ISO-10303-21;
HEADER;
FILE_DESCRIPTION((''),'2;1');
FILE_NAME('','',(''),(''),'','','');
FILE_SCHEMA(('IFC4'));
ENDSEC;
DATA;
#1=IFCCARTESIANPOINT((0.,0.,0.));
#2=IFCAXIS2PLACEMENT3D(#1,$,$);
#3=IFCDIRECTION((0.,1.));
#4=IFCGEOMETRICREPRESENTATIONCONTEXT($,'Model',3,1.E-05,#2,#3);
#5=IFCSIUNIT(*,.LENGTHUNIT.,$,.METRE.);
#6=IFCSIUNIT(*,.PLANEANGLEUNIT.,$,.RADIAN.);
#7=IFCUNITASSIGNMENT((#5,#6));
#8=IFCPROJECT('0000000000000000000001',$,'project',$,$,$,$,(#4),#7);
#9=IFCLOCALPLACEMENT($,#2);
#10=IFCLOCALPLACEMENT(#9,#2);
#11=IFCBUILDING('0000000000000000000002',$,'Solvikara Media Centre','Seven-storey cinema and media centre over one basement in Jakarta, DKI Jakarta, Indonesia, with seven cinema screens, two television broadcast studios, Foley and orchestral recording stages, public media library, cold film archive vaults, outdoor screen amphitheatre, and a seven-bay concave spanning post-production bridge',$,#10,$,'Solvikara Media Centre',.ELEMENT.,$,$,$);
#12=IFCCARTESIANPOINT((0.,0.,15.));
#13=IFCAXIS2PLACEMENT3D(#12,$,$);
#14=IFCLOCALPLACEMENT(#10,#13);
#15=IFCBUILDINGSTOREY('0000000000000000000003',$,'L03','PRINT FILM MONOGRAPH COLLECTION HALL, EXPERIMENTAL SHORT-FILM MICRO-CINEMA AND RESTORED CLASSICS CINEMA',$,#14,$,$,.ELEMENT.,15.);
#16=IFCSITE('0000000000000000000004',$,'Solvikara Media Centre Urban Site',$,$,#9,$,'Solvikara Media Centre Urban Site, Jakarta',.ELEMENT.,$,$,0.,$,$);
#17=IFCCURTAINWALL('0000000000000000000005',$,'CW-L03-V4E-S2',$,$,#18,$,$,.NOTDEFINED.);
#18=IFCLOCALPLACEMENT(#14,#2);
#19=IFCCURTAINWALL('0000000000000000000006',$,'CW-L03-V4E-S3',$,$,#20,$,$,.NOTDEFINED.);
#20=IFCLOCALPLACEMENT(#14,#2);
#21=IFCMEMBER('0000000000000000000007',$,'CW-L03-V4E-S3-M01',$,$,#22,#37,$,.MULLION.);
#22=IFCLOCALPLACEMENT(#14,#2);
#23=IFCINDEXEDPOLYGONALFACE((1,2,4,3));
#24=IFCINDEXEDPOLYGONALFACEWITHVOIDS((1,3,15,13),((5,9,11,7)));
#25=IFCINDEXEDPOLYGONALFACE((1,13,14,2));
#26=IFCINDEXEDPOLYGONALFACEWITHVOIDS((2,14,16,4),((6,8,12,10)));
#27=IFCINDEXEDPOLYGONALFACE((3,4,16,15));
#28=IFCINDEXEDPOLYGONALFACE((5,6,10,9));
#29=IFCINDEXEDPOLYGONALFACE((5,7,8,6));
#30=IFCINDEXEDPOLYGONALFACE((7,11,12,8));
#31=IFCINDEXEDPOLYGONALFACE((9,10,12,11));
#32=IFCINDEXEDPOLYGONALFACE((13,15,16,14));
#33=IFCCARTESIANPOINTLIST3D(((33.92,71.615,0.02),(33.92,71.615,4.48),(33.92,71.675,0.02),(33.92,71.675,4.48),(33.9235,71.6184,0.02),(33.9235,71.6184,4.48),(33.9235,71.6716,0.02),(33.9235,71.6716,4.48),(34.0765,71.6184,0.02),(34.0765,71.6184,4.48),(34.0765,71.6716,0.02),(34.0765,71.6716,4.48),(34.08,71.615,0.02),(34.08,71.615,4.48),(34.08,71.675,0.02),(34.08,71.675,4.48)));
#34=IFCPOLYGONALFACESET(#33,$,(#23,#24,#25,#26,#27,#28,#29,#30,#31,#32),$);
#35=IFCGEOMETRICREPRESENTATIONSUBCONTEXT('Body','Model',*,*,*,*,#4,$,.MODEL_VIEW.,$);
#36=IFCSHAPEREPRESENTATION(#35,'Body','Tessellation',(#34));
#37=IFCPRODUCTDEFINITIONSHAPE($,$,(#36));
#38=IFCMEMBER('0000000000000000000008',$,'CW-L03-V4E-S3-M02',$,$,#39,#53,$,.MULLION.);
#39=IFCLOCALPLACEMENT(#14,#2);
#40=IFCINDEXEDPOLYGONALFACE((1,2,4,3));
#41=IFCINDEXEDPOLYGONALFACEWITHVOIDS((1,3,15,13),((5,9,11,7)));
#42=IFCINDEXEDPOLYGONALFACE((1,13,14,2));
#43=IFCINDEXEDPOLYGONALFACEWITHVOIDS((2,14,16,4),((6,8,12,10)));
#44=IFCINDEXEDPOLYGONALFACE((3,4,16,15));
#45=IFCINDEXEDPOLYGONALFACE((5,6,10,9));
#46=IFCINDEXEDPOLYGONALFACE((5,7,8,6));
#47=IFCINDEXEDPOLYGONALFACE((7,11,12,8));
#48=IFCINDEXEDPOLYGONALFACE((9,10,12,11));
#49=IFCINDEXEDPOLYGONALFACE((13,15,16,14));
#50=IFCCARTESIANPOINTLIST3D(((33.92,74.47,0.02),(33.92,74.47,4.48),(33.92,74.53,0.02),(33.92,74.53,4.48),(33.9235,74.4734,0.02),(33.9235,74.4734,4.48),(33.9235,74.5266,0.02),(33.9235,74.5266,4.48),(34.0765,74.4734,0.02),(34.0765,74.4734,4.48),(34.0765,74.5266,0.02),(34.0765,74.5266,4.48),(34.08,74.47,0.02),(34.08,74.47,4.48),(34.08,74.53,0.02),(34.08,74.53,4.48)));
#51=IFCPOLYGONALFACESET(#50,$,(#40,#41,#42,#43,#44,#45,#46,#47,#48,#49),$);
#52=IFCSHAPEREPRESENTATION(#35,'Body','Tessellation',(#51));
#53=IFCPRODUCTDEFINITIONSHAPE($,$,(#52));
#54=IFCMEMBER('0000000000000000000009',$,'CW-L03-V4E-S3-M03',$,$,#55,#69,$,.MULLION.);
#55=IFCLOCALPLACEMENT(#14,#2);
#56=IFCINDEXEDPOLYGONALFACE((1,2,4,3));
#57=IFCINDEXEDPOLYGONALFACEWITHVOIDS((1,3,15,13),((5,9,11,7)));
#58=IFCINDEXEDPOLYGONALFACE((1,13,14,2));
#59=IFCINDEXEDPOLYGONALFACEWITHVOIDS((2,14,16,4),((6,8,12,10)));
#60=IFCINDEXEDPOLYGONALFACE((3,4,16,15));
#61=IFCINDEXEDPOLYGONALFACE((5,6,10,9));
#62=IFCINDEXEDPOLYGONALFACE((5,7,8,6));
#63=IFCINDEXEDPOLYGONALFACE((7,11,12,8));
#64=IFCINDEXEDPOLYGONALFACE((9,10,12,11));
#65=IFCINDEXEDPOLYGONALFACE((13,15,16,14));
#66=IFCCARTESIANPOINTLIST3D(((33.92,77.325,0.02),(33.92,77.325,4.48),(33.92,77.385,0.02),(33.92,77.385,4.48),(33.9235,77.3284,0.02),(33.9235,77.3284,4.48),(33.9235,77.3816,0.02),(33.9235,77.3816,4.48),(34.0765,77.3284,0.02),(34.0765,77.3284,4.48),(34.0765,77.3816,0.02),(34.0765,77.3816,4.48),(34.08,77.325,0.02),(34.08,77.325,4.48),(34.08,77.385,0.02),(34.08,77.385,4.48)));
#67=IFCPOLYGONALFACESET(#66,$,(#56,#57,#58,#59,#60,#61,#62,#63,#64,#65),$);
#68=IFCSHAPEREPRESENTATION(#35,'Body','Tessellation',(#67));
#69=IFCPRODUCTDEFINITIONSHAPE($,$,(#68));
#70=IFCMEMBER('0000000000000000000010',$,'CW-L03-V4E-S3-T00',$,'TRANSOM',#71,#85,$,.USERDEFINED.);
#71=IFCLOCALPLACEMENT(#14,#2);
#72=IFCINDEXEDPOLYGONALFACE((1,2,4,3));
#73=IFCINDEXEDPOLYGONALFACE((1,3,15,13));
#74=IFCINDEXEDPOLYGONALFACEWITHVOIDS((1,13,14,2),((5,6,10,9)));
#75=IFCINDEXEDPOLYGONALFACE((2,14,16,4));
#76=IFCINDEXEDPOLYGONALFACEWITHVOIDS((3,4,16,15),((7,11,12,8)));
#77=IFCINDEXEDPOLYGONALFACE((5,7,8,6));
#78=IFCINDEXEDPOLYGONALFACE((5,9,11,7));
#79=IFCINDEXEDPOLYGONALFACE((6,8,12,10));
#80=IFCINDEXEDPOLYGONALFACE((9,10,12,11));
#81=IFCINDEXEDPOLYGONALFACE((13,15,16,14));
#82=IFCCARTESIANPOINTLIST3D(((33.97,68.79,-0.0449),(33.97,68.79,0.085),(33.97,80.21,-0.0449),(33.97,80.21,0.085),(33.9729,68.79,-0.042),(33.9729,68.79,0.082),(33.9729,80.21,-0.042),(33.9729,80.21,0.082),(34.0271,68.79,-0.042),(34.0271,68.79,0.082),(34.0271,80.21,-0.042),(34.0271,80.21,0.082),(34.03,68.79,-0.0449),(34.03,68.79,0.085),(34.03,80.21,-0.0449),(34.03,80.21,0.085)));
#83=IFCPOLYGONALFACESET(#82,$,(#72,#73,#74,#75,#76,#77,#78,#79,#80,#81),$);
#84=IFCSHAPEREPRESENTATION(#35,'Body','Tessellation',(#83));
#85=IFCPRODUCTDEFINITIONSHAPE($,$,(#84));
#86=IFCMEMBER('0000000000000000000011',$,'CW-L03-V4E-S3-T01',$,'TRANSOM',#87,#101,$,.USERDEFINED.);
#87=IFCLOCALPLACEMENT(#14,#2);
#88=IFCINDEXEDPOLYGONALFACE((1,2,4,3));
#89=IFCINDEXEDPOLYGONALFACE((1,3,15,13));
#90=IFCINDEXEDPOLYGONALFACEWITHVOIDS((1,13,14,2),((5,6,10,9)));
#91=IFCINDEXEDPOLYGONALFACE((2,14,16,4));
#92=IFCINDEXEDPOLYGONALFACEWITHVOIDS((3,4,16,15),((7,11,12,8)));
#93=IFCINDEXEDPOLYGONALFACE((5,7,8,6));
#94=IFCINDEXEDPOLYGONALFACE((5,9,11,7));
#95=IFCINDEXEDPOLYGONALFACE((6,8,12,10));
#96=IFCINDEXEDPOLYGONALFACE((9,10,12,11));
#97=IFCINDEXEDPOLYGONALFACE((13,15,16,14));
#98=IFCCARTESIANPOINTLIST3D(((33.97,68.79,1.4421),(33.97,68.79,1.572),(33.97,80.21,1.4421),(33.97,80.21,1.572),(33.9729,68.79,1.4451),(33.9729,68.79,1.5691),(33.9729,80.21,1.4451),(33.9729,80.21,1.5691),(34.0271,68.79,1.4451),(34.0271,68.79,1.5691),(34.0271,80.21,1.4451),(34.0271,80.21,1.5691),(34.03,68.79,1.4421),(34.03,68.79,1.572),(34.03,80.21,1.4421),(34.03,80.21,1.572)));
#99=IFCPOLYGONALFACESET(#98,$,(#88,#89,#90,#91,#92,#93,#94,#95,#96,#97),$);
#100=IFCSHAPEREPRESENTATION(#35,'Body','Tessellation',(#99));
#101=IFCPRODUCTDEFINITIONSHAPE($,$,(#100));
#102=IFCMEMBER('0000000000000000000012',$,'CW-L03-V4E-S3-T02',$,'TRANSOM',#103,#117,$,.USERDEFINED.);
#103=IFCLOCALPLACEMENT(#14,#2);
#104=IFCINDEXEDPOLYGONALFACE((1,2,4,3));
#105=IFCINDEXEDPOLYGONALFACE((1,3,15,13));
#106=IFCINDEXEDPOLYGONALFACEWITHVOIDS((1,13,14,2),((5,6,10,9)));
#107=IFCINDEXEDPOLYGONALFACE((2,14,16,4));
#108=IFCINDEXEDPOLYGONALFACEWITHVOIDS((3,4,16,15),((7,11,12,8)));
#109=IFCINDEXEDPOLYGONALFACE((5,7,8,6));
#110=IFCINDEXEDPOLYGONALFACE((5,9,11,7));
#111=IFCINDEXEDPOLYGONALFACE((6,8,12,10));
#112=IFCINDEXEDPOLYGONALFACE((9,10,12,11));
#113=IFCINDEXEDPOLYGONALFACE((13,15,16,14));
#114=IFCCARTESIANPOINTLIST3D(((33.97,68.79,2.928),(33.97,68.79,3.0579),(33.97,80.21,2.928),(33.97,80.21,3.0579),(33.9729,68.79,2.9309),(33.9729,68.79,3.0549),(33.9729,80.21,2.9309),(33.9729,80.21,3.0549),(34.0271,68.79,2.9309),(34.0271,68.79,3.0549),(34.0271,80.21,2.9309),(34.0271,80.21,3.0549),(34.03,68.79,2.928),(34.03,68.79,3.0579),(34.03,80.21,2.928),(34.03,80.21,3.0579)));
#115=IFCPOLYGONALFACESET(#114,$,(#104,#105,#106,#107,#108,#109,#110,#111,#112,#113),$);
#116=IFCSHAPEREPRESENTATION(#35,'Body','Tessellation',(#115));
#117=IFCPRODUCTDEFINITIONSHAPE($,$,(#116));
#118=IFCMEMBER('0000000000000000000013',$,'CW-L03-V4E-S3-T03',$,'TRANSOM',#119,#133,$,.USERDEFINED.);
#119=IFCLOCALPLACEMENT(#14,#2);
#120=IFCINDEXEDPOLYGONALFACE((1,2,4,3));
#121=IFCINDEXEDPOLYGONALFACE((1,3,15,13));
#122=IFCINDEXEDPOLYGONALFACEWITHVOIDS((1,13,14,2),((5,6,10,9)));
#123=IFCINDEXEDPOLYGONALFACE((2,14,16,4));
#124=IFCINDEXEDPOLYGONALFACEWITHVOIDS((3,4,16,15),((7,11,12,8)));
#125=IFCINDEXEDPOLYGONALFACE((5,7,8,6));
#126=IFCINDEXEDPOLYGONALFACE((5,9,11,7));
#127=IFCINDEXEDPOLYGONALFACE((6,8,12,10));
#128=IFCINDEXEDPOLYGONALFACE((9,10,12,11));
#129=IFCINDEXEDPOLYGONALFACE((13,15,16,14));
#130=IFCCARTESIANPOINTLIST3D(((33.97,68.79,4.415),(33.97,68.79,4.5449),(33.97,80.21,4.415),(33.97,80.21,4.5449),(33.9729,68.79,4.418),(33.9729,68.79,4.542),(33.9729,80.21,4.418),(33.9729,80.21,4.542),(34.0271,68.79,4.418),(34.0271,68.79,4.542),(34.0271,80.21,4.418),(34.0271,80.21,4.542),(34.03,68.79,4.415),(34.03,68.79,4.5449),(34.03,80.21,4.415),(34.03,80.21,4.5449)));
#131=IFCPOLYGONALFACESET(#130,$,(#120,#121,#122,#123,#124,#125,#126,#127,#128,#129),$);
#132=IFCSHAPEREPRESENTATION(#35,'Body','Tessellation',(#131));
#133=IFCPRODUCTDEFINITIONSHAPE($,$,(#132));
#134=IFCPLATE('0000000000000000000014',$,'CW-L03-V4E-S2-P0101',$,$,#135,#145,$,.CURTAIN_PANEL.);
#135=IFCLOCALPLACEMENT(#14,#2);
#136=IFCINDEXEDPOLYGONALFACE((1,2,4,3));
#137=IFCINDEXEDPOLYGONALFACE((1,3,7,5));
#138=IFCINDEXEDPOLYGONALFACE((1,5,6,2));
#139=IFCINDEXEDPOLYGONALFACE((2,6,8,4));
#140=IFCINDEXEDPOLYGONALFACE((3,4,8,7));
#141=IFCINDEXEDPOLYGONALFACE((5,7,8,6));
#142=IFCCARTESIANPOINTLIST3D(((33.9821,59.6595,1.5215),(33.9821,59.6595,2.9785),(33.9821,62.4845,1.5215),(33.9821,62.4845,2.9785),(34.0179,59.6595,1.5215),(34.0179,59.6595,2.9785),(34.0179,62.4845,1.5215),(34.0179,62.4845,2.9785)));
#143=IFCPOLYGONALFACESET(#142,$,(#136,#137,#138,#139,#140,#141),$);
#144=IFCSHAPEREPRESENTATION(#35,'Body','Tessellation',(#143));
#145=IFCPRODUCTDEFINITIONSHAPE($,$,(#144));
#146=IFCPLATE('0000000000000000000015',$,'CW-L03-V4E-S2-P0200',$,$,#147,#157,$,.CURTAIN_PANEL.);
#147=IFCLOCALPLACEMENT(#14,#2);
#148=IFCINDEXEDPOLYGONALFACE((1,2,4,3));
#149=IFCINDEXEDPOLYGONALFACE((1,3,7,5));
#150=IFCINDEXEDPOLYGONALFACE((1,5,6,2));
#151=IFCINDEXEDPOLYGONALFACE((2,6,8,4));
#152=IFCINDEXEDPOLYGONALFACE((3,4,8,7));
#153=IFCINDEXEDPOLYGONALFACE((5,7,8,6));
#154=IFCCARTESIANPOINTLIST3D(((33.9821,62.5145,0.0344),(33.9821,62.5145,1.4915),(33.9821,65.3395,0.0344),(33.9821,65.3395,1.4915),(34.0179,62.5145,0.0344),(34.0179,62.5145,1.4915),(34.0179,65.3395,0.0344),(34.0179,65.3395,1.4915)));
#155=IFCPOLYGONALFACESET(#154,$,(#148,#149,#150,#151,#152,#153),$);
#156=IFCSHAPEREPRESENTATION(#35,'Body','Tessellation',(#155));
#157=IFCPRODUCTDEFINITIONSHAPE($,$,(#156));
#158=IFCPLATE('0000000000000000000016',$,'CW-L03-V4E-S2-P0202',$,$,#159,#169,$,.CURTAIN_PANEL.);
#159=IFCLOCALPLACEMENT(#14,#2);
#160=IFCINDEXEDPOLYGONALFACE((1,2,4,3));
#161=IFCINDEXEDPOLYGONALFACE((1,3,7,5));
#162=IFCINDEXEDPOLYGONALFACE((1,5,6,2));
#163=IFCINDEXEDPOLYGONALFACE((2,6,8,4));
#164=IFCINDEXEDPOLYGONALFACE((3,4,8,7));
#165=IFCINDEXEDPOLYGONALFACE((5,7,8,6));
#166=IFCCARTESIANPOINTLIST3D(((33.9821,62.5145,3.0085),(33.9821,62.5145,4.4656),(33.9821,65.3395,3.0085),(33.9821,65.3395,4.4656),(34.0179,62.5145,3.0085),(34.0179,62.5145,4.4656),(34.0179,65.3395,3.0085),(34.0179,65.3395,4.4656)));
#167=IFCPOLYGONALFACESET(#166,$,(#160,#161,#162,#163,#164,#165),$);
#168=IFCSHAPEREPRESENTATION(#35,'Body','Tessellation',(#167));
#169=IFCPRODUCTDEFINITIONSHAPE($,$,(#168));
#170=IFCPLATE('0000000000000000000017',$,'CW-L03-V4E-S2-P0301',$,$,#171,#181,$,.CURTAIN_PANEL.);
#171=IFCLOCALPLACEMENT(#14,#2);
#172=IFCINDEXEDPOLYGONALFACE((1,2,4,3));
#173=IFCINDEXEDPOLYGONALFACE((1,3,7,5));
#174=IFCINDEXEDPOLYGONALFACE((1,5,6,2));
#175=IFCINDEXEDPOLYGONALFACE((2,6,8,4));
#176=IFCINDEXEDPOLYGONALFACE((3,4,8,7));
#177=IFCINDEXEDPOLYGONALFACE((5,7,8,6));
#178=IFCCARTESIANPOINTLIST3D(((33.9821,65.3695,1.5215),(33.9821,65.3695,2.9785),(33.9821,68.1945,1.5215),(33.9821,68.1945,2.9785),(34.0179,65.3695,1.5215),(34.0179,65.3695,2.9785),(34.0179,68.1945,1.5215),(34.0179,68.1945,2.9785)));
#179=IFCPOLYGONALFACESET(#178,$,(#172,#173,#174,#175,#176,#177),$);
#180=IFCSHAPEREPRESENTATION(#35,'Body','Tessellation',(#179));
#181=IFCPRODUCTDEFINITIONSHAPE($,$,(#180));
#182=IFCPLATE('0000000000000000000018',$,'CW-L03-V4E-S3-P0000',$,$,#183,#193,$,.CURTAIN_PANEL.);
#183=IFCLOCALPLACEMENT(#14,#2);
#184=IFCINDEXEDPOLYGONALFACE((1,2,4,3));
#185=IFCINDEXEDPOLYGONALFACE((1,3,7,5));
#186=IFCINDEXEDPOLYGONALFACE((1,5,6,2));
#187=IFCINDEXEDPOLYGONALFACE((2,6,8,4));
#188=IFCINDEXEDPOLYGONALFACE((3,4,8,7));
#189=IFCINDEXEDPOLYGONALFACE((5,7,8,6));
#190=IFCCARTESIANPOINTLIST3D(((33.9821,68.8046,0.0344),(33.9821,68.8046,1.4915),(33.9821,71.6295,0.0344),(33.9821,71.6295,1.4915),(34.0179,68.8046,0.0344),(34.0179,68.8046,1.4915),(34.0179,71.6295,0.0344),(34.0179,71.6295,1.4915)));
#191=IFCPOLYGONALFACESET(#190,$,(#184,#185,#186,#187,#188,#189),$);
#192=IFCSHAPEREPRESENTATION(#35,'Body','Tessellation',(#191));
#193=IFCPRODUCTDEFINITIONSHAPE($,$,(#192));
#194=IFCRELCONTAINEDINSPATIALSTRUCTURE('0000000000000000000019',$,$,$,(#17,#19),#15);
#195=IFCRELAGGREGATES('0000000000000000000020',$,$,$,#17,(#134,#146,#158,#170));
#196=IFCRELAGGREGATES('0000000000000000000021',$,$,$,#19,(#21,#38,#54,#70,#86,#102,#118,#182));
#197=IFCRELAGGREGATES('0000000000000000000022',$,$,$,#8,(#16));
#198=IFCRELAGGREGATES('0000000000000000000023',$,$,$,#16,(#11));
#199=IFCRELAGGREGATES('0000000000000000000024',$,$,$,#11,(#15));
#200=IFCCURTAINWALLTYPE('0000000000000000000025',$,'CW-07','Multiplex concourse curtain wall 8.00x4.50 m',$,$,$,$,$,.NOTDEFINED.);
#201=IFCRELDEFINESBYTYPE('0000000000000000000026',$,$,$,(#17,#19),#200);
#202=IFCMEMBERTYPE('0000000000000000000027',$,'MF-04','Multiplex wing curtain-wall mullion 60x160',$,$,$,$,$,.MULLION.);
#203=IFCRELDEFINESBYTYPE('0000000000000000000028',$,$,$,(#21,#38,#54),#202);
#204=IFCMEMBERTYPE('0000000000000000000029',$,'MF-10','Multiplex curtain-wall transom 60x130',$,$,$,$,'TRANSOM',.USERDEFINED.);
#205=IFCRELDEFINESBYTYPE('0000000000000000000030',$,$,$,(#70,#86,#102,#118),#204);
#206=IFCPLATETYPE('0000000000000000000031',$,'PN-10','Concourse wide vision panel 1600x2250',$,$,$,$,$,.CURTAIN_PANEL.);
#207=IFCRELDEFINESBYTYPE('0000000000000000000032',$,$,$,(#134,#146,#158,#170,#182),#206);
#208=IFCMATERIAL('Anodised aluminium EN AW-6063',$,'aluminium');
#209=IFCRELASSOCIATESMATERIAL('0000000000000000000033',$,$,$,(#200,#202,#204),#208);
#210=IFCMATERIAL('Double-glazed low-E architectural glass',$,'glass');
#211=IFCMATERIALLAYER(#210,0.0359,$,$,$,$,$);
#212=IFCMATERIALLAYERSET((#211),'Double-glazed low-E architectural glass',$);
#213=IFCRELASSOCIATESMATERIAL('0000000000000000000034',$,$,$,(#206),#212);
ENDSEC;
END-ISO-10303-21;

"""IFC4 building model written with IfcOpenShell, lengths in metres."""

from ifc_helpers import new_model, si_unit, direction, frame, origin, origin_2d, place, context, subcontext, project, spatial, rectangle, hollow_rectangle, extrude, material, layer, layer_set, material_profile, profile_set, type_object, element, aggregate, save


model = new_model("IFC4")

# Units and contexts
model_context = context("Model", 3, precision=1e-05, world=origin(), true_north=direction((0.0, 1.0)))
body_context = subcontext(model_context, "Body", "Model", "MODEL_VIEW")
ifc_project = project(units=[si_unit("LENGTHUNIT", "METRE"), si_unit("PLANEANGLEUNIT", "RADIAN")], contexts=[model_context])

# Site, building, storey
site_placement = place(None, origin())
site = spatial("IfcSite", under=ifc_project, at=site_placement, Name="Solvikara Media Centre Urban Site", LongName="Solvikara Media Centre Urban Site, Jakarta", CompositionType="ELEMENT", RefElevation=0.0)
building_placement = place(site_placement, origin())
building = spatial("IfcBuilding", under=site, at=building_placement, Name="Solvikara Media Centre", Description="Seven-storey cinema and media centre over one basement in Jakarta, DKI Jakarta, Indonesia, with seven cinema screens, two television broadcast studios, Foley and orchestral recording stages, public media library, cold film archive vaults, outdoor screen amphitheatre, and a seven-bay concave spanning post-production bridge", LongName="Solvikara Media Centre", CompositionType="ELEMENT")
storey_placement = place(building_placement, frame((0.0, 0.0, 15.0)))
storey = spatial("IfcBuildingStorey", under=building, at=storey_placement, Name="L03", Description="PRINT FILM MONOGRAPH COLLECTION HALL, EXPERIMENTAL SHORT-FILM MICRO-CINEMA AND RESTORED CLASSICS CINEMA", CompositionType="ELEMENT", Elevation=15.0)

# Curtain walls, members
ifc_material_1 = material(Name="Anodised aluminium EN AW-6063", Category="aluminium")
curtain_wall_type = type_object("IfcCurtainWallType", Name="CW-07", Description="Multiplex concourse curtain wall 8.00x4.50 m", PredefinedType="NOTDEFINED", material=ifc_material_1)
curtain_wall_1_placement = place(storey_placement, origin())
curtain_wall_1 = element("IfcCurtainWall", 1, at=curtain_wall_1_placement, inside=storey, type_object=curtain_wall_type, Name="CW-L03-V4E-S2", PredefinedType="NOTDEFINED")
ifc_material_profile_1 = material_profile(ifc_material_1, hollow_rectangle(XDim=0.0601, YDim=0.1599, WallThickness=0.0034, at=origin_2d()), Name="ALU-M 60x160x3.5")
ifc_profile_set_1 = profile_set([ifc_material_profile_1], Name="Anodised aluminium EN AW-6063")
member_type_1 = type_object("IfcMemberType", Name="MF-04", Description="Multiplex wing curtain-wall mullion 60x160", PredefinedType="MULLION", material=ifc_profile_set_1)
curtain_wall_2_placement = place(storey_placement, origin())
curtain_wall_2 = element("IfcCurtainWall", 2, at=curtain_wall_2_placement, inside=storey, type_object=curtain_wall_type, Name="CW-L03-V4E-S3", PredefinedType="NOTDEFINED")
member_1_placement = place(storey_placement, frame((34.0, 71.645, 0.02), z_axis=(0.0, 0.0, 1.0), x_axis=(0.0, 1.0, 0.0)))
member_1 = element("IfcMember", 3, at=member_1_placement, type_object=member_type_1, Name="CW-L03-V4E-S3-M01", PredefinedType="MULLION", context=body_context, shape_type="SweptSolid", body=[
    extrude(hollow_rectangle(XDim=0.0601, YDim=0.1599, WallThickness=0.0034, at=origin_2d()), origin(), (0.0, 0.0, 1.0), 4.46),
])
member_2_placement = place(storey_placement, frame((34.0, 74.5, 0.02), z_axis=(0.0, 0.0, 1.0), x_axis=(0.0, 1.0, 0.0)))
member_2 = element("IfcMember", 4, at=member_2_placement, type_object=member_type_1, Name="CW-L03-V4E-S3-M02", PredefinedType="MULLION", context=body_context, shape_type="SweptSolid", body=[
    extrude(hollow_rectangle(XDim=0.0601, YDim=0.1599, WallThickness=0.0034, at=origin_2d()), origin(), (0.0, 0.0, 1.0), 4.46),
])
member_3_placement = place(storey_placement, frame((34.0, 77.355, 0.02), z_axis=(0.0, 0.0, 1.0), x_axis=(0.0, 1.0, 0.0)))
member_3 = element("IfcMember", 5, at=member_3_placement, type_object=member_type_1, Name="CW-L03-V4E-S3-M03", PredefinedType="MULLION", context=body_context, shape_type="SweptSolid", body=[
    extrude(hollow_rectangle(XDim=0.0601, YDim=0.1599, WallThickness=0.0034, at=origin_2d()), origin(), (0.0, 0.0, 1.0), 4.46),
])
ifc_material_profile_2 = material_profile(ifc_material_1, hollow_rectangle(XDim=0.0601, YDim=0.1299, WallThickness=0.0029, at=origin_2d()), Name="ALU-T 60x130x3")
ifc_profile_set_2 = profile_set([ifc_material_profile_2], Name="Anodised aluminium EN AW-6063")
member_type_2 = type_object("IfcMemberType", Name="MF-10", Description="Multiplex curtain-wall transom 60x130", ElementType="TRANSOM", PredefinedType="USERDEFINED", material=ifc_profile_set_2)
member_4_placement = place(storey_placement, frame((34.0, 68.79, 0.02), z_axis=(0.0, 1.0, 0.0), x_axis=(-1.0, 0.0, 0.0)))
member_4 = element("IfcMember", 6, at=member_4_placement, type_object=member_type_2, Name="CW-L03-V4E-S3-T00", ObjectType="TRANSOM", PredefinedType="USERDEFINED", context=body_context, shape_type="SweptSolid", body=[
    extrude(hollow_rectangle(XDim=0.0601, YDim=0.1299, WallThickness=0.0029, at=origin_2d()), origin(), (0.0, 0.0, 1.0), 11.4199),
])
member_5_placement = place(storey_placement, frame((34.0, 68.79, 1.5071), z_axis=(0.0, 1.0, 0.0), x_axis=(-1.0, 0.0, 0.0)))
member_5 = element("IfcMember", 7, at=member_5_placement, type_object=member_type_2, Name="CW-L03-V4E-S3-T01", ObjectType="TRANSOM", PredefinedType="USERDEFINED", context=body_context, shape_type="SweptSolid", body=[
    extrude(hollow_rectangle(XDim=0.0601, YDim=0.1299, WallThickness=0.0029, at=origin_2d()), origin(), (0.0, 0.0, 1.0), 11.4199),
])
member_6_placement = place(storey_placement, frame((34.0, 68.79, 2.9929), z_axis=(0.0, 1.0, 0.0), x_axis=(-1.0, 0.0, 0.0)))
member_6 = element("IfcMember", 8, at=member_6_placement, type_object=member_type_2, Name="CW-L03-V4E-S3-T02", ObjectType="TRANSOM", PredefinedType="USERDEFINED", context=body_context, shape_type="SweptSolid", body=[
    extrude(hollow_rectangle(XDim=0.0601, YDim=0.1299, WallThickness=0.0029, at=origin_2d()), origin(), (0.0, 0.0, 1.0), 11.4199),
])
member_7_placement = place(storey_placement, frame((34.0, 68.79, 4.48), z_axis=(0.0, 1.0, 0.0), x_axis=(-1.0, 0.0, 0.0)))
member_7 = element("IfcMember", 9, at=member_7_placement, type_object=member_type_2, Name="CW-L03-V4E-S3-T03", ObjectType="TRANSOM", PredefinedType="USERDEFINED", context=body_context, shape_type="SweptSolid", body=[
    extrude(hollow_rectangle(XDim=0.0601, YDim=0.1299, WallThickness=0.0029, at=origin_2d()), origin(), (0.0, 0.0, 1.0), 11.4199),
])

# Plates
ifc_material_2 = material(Name="Double-glazed low-E architectural glass", Category="glass")
ifc_layer_1 = layer(ifc_material_2, 0.0359)
ifc_layer_set_1 = layer_set([ifc_layer_1], Name="Double-glazed low-E architectural glass")
plate_type_1 = type_object("IfcPlateType", Name="PN-10", Description="Concourse wide vision panel 1600x2250", PredefinedType="CURTAIN_PANEL", material=ifc_layer_set_1)
plate_1_placement = place(storey_placement, frame((34.0, 61.072, 1.5215), z_axis=(0.0, 0.0, 1.0), x_axis=(0.0, 1.0, 0.0)))
plate_1 = element("IfcPlate", 10, at=plate_1_placement, type_object=plate_type_1, Name="CW-L03-V4E-S2-P0101", PredefinedType="CURTAIN_PANEL", context=body_context, shape_type="SweptSolid", body=[
    extrude(rectangle(XDim=2.825, YDim=0.0359, at=origin_2d()), origin(), (0.0, 0.0, 1.0), 1.457),
])
plate_2_placement = place(storey_placement, frame((34.0, 63.927, 0.0344), z_axis=(0.0, 0.0, 1.0), x_axis=(0.0, 1.0, 0.0)))
plate_2 = element("IfcPlate", 11, at=plate_2_placement, type_object=plate_type_1, Name="CW-L03-V4E-S2-P0200", PredefinedType="CURTAIN_PANEL", context=body_context, shape_type="SweptSolid", body=[
    extrude(rectangle(XDim=2.825, YDim=0.0359, at=origin_2d()), origin(), (0.0, 0.0, 1.0), 1.457),
])
plate_3_placement = place(storey_placement, frame((34.0, 63.927, 3.0085), z_axis=(0.0, 0.0, 1.0), x_axis=(0.0, 1.0, 0.0)))
plate_3 = element("IfcPlate", 12, at=plate_3_placement, type_object=plate_type_1, Name="CW-L03-V4E-S2-P0202", PredefinedType="CURTAIN_PANEL", context=body_context, shape_type="SweptSolid", body=[
    extrude(rectangle(XDim=2.825, YDim=0.0359, at=origin_2d()), origin(), (0.0, 0.0, 1.0), 1.457),
])
plate_4_placement = place(storey_placement, frame((34.0, 66.782, 1.5215), z_axis=(0.0, 0.0, 1.0), x_axis=(0.0, 1.0, 0.0)))
plate_4 = element("IfcPlate", 13, at=plate_4_placement, type_object=plate_type_1, Name="CW-L03-V4E-S2-P0301", PredefinedType="CURTAIN_PANEL", context=body_context, shape_type="SweptSolid", body=[
    extrude(rectangle(XDim=2.825, YDim=0.0359, at=origin_2d()), origin(), (0.0, 0.0, 1.0), 1.457),
])
plate_5_placement = place(storey_placement, frame((34.0, 70.217, 0.0344), z_axis=(0.0, 0.0, 1.0), x_axis=(0.0, 1.0, 0.0)))
plate_5 = element("IfcPlate", 14, at=plate_5_placement, type_object=plate_type_1, Name="CW-L03-V4E-S3-P0000", PredefinedType="CURTAIN_PANEL", context=body_context, shape_type="SweptSolid", body=[
    extrude(rectangle(XDim=2.825, YDim=0.0359, at=origin_2d()), origin(), (0.0, 0.0, 1.0), 1.457),
])
aggregate(curtain_wall_1, [plate_1, plate_2, plate_3, plate_4])
aggregate(curtain_wall_2, [member_1, member_2, member_3, member_4, member_5, member_6, member_7, plate_5])

save(model, "model.ifc")
